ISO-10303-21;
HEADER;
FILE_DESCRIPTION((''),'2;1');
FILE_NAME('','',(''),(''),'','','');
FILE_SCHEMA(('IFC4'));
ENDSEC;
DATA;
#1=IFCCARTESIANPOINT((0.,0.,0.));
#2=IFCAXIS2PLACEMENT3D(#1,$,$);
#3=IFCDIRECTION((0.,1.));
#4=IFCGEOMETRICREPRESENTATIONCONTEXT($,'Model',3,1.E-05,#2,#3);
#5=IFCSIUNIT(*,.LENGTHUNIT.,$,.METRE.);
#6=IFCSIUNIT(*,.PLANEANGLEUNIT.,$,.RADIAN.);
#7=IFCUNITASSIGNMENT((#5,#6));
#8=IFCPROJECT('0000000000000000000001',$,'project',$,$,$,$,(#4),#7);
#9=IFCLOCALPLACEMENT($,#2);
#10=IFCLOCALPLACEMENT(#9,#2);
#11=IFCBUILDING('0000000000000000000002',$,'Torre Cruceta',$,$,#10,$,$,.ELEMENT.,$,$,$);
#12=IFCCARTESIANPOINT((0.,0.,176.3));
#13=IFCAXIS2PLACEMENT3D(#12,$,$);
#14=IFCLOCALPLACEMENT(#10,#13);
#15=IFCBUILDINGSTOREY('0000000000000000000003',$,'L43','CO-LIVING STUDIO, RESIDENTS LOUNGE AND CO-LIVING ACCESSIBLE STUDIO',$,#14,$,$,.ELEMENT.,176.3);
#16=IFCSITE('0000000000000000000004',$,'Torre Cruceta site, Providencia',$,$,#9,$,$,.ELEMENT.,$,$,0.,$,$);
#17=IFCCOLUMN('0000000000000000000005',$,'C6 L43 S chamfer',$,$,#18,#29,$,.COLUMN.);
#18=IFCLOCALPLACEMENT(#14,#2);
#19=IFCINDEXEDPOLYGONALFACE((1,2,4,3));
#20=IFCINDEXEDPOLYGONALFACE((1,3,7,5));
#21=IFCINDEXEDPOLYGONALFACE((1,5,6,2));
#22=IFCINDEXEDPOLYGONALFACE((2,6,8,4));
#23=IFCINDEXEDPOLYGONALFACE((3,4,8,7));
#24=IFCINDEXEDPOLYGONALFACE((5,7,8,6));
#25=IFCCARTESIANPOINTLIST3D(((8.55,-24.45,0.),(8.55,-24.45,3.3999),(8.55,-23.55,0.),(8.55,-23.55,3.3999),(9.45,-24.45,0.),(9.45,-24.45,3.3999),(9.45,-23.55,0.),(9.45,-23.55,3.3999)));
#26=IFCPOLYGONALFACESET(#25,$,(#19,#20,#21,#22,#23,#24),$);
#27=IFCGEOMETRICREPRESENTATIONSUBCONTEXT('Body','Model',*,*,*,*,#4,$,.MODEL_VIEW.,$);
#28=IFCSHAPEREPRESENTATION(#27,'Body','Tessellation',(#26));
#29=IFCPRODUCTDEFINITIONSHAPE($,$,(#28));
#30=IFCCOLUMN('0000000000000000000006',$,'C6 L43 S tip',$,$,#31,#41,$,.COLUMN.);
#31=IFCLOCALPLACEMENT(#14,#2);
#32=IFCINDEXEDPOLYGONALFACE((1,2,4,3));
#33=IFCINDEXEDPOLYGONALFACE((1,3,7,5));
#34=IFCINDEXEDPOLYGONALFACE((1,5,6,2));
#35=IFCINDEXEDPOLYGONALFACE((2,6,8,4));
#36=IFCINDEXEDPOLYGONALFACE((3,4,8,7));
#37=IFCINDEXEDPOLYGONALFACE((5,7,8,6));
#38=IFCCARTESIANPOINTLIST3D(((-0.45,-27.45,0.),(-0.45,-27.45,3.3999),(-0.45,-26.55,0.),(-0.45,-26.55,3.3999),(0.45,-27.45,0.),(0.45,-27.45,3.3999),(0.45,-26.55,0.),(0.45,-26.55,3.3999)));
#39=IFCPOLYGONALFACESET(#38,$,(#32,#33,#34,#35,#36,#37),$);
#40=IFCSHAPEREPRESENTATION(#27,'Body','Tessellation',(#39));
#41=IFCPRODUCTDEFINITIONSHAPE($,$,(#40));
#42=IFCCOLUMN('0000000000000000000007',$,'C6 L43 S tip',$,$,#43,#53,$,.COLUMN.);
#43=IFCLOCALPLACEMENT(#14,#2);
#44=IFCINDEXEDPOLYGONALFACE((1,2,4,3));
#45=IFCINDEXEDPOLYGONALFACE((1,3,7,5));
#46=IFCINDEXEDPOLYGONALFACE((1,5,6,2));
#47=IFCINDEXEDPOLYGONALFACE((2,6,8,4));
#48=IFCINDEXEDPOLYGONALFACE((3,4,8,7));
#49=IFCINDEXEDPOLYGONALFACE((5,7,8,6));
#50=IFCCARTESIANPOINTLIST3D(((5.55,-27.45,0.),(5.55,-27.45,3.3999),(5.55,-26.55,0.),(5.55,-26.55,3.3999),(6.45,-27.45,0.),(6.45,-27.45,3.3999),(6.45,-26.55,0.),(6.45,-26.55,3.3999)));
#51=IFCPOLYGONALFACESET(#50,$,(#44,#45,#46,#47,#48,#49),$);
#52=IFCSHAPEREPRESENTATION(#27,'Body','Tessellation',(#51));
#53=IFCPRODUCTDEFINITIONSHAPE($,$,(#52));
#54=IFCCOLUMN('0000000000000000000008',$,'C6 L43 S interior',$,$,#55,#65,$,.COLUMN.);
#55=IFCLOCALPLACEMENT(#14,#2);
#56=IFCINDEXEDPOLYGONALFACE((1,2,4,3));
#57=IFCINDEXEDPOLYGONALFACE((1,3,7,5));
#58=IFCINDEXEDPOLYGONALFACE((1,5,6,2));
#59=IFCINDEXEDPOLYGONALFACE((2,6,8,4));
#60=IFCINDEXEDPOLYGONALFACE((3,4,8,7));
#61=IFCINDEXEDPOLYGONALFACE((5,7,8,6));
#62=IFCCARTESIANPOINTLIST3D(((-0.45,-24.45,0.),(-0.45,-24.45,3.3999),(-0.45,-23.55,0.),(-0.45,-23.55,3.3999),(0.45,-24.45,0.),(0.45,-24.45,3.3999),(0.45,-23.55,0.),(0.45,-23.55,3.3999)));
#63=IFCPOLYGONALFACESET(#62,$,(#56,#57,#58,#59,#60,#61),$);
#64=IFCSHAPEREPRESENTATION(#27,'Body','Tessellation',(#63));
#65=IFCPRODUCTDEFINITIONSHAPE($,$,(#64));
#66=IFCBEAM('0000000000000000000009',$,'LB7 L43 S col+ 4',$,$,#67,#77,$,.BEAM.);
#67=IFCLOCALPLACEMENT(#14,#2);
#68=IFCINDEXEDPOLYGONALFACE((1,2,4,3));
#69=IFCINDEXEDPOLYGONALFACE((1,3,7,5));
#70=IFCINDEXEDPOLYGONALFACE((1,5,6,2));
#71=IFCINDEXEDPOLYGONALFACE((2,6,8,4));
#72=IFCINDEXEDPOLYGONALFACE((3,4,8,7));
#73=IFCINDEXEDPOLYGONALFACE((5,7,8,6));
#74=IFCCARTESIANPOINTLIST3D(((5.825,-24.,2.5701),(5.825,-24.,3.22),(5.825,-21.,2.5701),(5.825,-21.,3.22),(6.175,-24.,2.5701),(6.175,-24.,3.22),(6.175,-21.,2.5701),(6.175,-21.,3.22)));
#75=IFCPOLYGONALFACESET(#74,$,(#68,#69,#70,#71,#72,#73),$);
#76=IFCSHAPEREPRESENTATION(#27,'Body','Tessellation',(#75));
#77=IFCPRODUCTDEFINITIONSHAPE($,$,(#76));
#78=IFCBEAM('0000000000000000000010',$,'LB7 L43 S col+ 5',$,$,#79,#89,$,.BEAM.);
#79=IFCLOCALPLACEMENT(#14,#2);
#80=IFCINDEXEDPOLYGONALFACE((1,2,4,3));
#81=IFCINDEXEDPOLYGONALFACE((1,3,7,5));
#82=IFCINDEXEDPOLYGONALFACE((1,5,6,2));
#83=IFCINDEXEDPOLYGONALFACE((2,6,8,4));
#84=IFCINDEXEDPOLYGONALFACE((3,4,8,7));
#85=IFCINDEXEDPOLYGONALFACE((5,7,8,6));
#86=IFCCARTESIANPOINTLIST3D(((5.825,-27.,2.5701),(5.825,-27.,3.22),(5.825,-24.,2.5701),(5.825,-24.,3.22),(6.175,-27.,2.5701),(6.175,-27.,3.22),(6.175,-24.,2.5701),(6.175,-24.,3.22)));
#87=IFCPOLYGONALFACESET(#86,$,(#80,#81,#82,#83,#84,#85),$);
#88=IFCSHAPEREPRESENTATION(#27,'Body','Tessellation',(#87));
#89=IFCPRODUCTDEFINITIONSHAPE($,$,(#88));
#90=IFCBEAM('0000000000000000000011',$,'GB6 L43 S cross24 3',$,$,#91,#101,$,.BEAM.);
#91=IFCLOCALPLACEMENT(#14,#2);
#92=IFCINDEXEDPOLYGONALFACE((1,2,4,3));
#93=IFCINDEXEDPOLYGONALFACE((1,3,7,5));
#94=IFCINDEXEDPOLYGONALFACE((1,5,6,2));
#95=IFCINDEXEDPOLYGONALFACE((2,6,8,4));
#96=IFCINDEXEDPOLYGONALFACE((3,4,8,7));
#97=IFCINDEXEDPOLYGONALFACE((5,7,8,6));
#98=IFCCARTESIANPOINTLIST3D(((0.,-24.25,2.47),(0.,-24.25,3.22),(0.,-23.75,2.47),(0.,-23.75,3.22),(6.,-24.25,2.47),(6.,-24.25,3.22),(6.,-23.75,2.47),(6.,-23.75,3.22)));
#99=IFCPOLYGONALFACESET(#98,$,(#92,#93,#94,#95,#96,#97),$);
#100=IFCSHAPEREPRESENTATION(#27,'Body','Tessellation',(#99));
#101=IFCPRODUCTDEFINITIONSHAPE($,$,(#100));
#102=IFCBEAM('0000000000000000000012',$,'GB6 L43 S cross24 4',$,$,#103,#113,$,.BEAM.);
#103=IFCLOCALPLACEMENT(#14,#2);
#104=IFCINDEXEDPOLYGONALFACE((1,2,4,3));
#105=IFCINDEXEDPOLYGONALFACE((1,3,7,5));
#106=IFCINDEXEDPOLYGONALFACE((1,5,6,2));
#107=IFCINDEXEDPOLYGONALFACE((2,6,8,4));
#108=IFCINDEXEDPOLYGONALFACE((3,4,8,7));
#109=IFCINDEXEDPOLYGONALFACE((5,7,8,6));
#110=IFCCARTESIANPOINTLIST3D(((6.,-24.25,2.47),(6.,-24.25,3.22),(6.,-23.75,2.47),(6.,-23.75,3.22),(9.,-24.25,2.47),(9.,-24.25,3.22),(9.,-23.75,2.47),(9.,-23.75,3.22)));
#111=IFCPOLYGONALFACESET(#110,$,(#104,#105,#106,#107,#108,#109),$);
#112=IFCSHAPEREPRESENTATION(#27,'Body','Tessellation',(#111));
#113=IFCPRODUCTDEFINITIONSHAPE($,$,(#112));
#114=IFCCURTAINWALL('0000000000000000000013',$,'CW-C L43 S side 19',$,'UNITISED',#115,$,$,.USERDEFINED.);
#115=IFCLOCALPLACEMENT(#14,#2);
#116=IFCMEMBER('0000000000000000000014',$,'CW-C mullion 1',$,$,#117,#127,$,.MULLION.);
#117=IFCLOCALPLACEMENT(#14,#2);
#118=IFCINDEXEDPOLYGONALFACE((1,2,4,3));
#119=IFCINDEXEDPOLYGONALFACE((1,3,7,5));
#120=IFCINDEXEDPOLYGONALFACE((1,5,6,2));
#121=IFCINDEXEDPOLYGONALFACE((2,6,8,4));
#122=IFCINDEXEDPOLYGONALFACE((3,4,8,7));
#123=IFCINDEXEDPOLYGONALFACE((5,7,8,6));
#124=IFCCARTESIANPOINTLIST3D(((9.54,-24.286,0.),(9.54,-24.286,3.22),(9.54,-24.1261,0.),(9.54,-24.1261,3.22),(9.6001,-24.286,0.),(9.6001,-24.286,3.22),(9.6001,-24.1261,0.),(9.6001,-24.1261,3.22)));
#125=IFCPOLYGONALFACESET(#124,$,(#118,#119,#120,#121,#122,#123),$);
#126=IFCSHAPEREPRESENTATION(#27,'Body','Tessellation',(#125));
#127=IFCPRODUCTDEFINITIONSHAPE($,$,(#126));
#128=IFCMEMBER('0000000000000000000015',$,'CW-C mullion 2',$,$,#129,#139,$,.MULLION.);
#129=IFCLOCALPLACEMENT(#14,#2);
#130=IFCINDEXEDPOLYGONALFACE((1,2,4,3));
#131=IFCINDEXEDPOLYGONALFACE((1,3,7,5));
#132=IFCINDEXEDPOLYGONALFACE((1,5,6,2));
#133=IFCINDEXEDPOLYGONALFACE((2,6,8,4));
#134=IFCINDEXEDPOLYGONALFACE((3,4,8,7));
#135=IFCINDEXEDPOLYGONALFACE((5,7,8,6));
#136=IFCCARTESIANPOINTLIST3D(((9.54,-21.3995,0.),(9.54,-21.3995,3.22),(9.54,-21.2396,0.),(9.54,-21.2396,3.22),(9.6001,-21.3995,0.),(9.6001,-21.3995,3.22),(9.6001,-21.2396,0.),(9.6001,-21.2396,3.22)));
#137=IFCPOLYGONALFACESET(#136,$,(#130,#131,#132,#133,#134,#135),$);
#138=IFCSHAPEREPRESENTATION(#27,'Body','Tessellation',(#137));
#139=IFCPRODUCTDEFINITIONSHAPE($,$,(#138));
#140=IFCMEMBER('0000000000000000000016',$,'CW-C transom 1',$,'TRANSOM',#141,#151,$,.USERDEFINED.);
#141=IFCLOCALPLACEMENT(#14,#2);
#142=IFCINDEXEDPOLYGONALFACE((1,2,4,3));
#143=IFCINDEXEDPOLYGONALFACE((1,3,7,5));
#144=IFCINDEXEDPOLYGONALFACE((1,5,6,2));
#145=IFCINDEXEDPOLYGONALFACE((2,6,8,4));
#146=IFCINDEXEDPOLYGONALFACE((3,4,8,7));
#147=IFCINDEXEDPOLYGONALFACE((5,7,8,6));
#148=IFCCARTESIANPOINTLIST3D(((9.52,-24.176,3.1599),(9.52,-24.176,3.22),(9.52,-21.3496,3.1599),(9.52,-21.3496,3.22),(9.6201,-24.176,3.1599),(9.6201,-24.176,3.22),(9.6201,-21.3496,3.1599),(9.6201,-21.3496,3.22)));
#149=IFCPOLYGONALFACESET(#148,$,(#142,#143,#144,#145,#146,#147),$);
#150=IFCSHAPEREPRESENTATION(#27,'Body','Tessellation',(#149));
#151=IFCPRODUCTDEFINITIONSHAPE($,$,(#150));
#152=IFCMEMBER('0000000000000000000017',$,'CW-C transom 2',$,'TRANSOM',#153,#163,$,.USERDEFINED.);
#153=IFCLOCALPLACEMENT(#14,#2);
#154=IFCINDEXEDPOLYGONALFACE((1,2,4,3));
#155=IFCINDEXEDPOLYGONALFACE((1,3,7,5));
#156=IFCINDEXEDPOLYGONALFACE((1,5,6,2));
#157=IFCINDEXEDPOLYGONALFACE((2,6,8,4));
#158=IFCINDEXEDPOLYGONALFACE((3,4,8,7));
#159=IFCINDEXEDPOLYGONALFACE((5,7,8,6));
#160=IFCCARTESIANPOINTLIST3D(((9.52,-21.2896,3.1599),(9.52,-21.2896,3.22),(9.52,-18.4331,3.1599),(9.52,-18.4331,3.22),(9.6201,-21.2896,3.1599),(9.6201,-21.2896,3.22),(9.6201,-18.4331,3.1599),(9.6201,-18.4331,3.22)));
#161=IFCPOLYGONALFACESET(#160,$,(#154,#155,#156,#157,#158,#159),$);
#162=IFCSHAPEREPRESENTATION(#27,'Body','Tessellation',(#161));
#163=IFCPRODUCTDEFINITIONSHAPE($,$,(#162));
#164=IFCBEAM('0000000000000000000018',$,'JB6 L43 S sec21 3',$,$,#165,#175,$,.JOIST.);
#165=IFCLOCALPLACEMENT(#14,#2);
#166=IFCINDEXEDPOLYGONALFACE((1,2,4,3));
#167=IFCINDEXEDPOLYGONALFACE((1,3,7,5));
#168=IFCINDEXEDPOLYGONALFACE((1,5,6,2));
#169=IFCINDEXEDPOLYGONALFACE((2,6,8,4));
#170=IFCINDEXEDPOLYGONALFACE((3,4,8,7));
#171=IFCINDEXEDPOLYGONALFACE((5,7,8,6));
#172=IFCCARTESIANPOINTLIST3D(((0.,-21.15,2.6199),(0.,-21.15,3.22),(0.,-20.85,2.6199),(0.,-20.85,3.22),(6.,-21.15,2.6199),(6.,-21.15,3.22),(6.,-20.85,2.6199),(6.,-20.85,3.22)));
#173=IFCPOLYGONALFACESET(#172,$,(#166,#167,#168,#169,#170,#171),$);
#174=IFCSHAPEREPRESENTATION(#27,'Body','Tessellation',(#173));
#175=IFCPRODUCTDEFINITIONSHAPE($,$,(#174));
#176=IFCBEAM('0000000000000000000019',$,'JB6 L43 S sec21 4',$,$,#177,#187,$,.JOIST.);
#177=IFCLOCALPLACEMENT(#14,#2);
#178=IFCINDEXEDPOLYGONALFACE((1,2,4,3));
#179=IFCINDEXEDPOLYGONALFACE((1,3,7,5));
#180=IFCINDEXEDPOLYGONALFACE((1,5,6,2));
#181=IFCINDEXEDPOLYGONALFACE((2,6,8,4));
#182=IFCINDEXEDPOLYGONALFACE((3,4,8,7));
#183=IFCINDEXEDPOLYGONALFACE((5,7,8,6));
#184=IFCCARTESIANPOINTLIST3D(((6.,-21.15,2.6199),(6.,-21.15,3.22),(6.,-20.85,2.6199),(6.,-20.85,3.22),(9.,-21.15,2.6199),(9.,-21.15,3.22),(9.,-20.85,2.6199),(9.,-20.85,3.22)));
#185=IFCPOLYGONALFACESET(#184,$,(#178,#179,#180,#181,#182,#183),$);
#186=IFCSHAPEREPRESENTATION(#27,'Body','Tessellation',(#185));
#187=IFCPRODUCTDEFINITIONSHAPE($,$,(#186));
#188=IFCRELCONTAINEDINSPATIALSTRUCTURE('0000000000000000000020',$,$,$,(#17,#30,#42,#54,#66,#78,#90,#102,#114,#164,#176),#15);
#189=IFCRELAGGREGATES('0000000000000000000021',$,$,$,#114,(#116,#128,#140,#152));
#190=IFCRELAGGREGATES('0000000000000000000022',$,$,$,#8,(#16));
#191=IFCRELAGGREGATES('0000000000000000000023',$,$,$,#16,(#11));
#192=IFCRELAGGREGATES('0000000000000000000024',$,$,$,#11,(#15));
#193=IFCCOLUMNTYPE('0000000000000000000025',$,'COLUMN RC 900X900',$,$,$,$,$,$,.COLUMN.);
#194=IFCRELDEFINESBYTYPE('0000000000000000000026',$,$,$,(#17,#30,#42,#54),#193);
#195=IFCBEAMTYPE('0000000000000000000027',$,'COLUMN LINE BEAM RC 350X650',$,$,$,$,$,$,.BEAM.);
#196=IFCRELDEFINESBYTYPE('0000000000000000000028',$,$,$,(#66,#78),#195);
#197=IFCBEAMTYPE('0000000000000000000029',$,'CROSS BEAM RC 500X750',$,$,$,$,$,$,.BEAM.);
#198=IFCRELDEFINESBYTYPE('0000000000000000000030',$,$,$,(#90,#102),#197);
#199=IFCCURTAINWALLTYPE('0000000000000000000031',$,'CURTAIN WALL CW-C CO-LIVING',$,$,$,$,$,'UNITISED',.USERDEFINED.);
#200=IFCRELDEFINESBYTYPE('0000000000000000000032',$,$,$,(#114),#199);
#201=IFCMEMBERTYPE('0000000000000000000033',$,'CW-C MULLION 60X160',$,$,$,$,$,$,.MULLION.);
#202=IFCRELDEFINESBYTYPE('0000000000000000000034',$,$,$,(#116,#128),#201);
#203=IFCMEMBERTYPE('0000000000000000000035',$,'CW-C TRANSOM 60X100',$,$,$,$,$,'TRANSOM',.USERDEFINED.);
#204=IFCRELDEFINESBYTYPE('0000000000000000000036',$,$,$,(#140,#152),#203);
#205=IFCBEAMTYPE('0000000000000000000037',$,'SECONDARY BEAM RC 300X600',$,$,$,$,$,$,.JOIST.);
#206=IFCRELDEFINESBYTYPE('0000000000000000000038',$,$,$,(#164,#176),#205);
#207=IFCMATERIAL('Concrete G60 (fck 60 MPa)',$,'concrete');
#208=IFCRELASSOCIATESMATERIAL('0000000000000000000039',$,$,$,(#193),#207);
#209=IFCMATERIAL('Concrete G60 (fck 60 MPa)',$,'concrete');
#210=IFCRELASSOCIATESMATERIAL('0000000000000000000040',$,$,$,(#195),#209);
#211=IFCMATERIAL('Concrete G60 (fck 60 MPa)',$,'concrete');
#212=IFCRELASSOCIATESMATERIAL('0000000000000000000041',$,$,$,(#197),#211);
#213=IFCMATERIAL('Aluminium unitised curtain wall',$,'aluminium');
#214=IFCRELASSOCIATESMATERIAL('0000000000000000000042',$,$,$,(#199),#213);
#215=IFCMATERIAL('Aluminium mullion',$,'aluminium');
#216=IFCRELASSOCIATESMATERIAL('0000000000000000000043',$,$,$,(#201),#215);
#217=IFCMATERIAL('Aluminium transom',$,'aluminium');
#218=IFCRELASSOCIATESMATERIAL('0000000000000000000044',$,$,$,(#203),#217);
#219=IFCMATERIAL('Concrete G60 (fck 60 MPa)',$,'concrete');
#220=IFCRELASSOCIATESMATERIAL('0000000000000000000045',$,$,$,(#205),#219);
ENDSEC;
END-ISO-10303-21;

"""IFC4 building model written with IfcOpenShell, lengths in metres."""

from ifc_helpers import new_model, si_unit, direction, frame, origin, origin_2d, place, context, subcontext, project, spatial, rectangle, extrude, material, material_profile, profile_set, type_object, element, aggregate, save


model = new_model("IFC4")

# Units and contexts
model_context = context("Model", 3, precision=1e-05, world=origin(), true_north=direction((0.0, 1.0)))
body_context = subcontext(model_context, "Body", "Model", "MODEL_VIEW")
ifc_project = project(units=[si_unit("LENGTHUNIT", "METRE"), si_unit("PLANEANGLEUNIT", "RADIAN")], contexts=[model_context])

# Site, building, storey
site_placement = place(None, origin())
site = spatial("IfcSite", under=ifc_project, at=site_placement, Name="Torre Cruceta site, Providencia", CompositionType="ELEMENT", RefElevation=0.0)
building_placement = place(site_placement, origin())
building = spatial("IfcBuilding", under=site, at=building_placement, Name="Torre Cruceta", CompositionType="ELEMENT")
storey_placement = place(building_placement, frame((0.0, 0.0, 176.3)))
storey = spatial("IfcBuildingStorey", under=building, at=storey_placement, Name="L43", Description="CO-LIVING STUDIO, RESIDENTS LOUNGE AND CO-LIVING ACCESSIBLE STUDIO", CompositionType="ELEMENT", Elevation=176.3)

# Columns
ifc_material_1 = material(Name="Concrete G60 (fck 60 MPa)", Category="concrete")
ifc_material_profile_1 = material_profile(ifc_material_1, rectangle(XDim=0.8999, YDim=0.8999, at=origin_2d()), Name="RC 900X900")
ifc_profile_set_1 = profile_set([ifc_material_profile_1], Name="Concrete G60 (fck 60 MPa)")
column_type = type_object("IfcColumnType", Name="COLUMN RC 900X900", PredefinedType="COLUMN", material=ifc_profile_set_1)
for number, where, z_axis, x_axis, name in (
    (1, (9.0, -24.0, 0.0), (0.0, 0.0, 1.0), (1.0, 0.0, 0.0), "C6 L43 S chamfer"),
    (2, (0.0, -27.0, 0.0), (0.0, 0.0, 1.0), (1.0, 0.0, 0.0), "C6 L43 S tip"),
    (3, (6.0, -27.0, 0.0), (0.0, 0.0, 1.0), (1.0, 0.0, 0.0), "C6 L43 S tip"),
    (4, (0.0, -24.0, 0.0), (0.0, 0.0, 1.0), (1.0, 0.0, 0.0), "C6 L43 S interior"),
):
    element("IfcColumn", number, at=place(storey_placement, frame(where, z_axis=z_axis, x_axis=x_axis)), inside=storey, type_object=column_type, Name=name, PredefinedType="COLUMN", context=body_context, shape_type="SweptSolid", body=[
        extrude(rectangle(XDim=0.8999, YDim=0.8999, at=origin_2d()), origin(), (0.0, 0.0, 1.0), 3.3999),
    ])

# Beams
ifc_material_2 = material(Name="Concrete G60 (fck 60 MPa)", Category="concrete")
ifc_material_profile_2 = material_profile(ifc_material_2, rectangle(XDim=0.3501, YDim=0.6499, at=origin_2d()), Name="RC 350X650")
ifc_profile_set_2 = profile_set([ifc_material_profile_2], Name="Concrete G60 (fck 60 MPa)")
beam_type_1 = type_object("IfcBeamType", Name="COLUMN LINE BEAM RC 350X650", PredefinedType="BEAM", material=ifc_profile_set_2)
for number, where, z_axis, x_axis, name in (
    (5, (6.0, -21.0, 2.895), (0.0, -1.0, 0.0), (1.0, 0.0, 0.0), "LB7 L43 S col+ 4"),
    (6, (6.0, -24.0, 2.895), (0.0, -1.0, 0.0), (1.0, 0.0, 0.0), "LB7 L43 S col+ 5"),
):
    element("IfcBeam", number, at=place(storey_placement, frame(where, z_axis=z_axis, x_axis=x_axis)), inside=storey, type_object=beam_type_1, Name=name, PredefinedType="BEAM", context=body_context, shape_type="SweptSolid", body=[
        extrude(rectangle(XDim=0.3501, YDim=0.6499, at=origin_2d()), origin(), (0.0, 0.0, 1.0), 3.0),
    ])
ifc_material_3 = material(Name="Concrete G60 (fck 60 MPa)", Category="concrete")
ifc_material_profile_3 = material_profile(ifc_material_3, rectangle(XDim=0.5, YDim=0.75, at=origin_2d()), Name="RC 500X750")
ifc_profile_set_3 = profile_set([ifc_material_profile_3], Name="Concrete G60 (fck 60 MPa)")
beam_type_2 = type_object("IfcBeamType", Name="CROSS BEAM RC 500X750", PredefinedType="BEAM", material=ifc_profile_set_3)
beam_1_placement = place(storey_placement, frame((0.0, -24.0, 2.845), z_axis=(1.0, 0.0, 0.0), x_axis=(0.0, 1.0, 0.0)))
element("IfcBeam", 7, at=beam_1_placement, inside=storey, type_object=beam_type_2, Name="GB6 L43 S cross24 3", PredefinedType="BEAM", context=body_context, shape_type="SweptSolid", body=[
    extrude(rectangle(XDim=0.5, YDim=0.75, at=origin_2d()), origin(), (0.0, 0.0, 1.0), 6.0),
])
beam_2_placement = place(storey_placement, frame((6.0, -24.0, 2.845), z_axis=(1.0, 0.0, 0.0), x_axis=(0.0, 1.0, 0.0)))
element("IfcBeam", 8, at=beam_2_placement, inside=storey, type_object=beam_type_2, Name="GB6 L43 S cross24 4", PredefinedType="BEAM", context=body_context, shape_type="SweptSolid", body=[
    extrude(rectangle(XDim=0.5, YDim=0.75, at=origin_2d()), origin(), (0.0, 0.0, 1.0), 3.0),
])

# Curtain wall, members
ifc_material_4 = material(Name="Aluminium unitised curtain wall", Category="aluminium")
curtain_wall_type = type_object("IfcCurtainWallType", Name="CURTAIN WALL CW-C CO-LIVING", ElementType="UNITISED", PredefinedType="USERDEFINED", material=ifc_material_4)
curtain_wall_placement = place(storey_placement, origin())
curtain_wall = element("IfcCurtainWall", 9, at=curtain_wall_placement, inside=storey, type_object=curtain_wall_type, Name="CW-C L43 S side 19", ObjectType="UNITISED", PredefinedType="USERDEFINED")
ifc_material_5 = material(Name="Aluminium mullion", Category="aluminium")
ifc_material_profile_4 = material_profile(ifc_material_5, rectangle(XDim=0.0601, YDim=0.1599, at=origin_2d()), Name="AL 60X160")
ifc_profile_set_4 = profile_set([ifc_material_profile_4], Name="Aluminium mullion")
member_type_1 = type_object("IfcMemberType", Name="CW-C MULLION 60X160", PredefinedType="MULLION", material=ifc_profile_set_4)
member_1_placement = place(storey_placement, frame((9.5701, -24.2061, 0.0), z_axis=(0.0, 0.0, 1.0), x_axis=(-1.0, 0.0, 0.0)))
member_1 = element("IfcMember", 10, at=member_1_placement, type_object=member_type_1, Name="CW-C mullion 1", PredefinedType="MULLION", context=body_context, shape_type="SweptSolid", body=[
    extrude(rectangle(XDim=0.0601, YDim=0.1599, at=origin_2d()), origin(), (0.0, 0.0, 1.0), 3.22),
])
member_2_placement = place(storey_placement, frame((9.5701, -21.3196, 0.0), z_axis=(0.0, 0.0, 1.0), x_axis=(-1.0, 0.0, 0.0)))
member_2 = element("IfcMember", 11, at=member_2_placement, type_object=member_type_1, Name="CW-C mullion 2", PredefinedType="MULLION", context=body_context, shape_type="SweptSolid", body=[
    extrude(rectangle(XDim=0.0601, YDim=0.1599, at=origin_2d()), origin(), (0.0, 0.0, 1.0), 3.22),
])
ifc_material_6 = material(Name="Aluminium transom", Category="aluminium")
ifc_material_profile_5 = material_profile(ifc_material_6, rectangle(XDim=0.1001, YDim=0.0601, at=origin_2d()), Name="AL 100X60")
ifc_profile_set_5 = profile_set([ifc_material_profile_5], Name="Aluminium transom")
member_type_2 = type_object("IfcMemberType", Name="CW-C TRANSOM 60X100", ElementType="TRANSOM", PredefinedType="USERDEFINED", material=ifc_profile_set_5)
member_3_placement = place(storey_placement, frame((9.5701, -24.176, 3.1899), z_axis=(0.0, 1.0, 0.0), x_axis=(-1.0, 0.0, 0.0)))
member_3 = element("IfcMember", 12, at=member_3_placement, type_object=member_type_2, Name="CW-C transom 1", ObjectType="TRANSOM", PredefinedType="USERDEFINED", context=body_context, shape_type="SweptSolid", body=[
    extrude(rectangle(XDim=0.1001, YDim=0.0601, at=origin_2d()), origin(), (0.0, 0.0, 1.0), 2.8264),
])
member_4_placement = place(storey_placement, frame((9.5701, -21.2896, 3.1899), z_axis=(0.0, 1.0, 0.0), x_axis=(-1.0, 0.0, 0.0)))
member_4 = element("IfcMember", 13, at=member_4_placement, type_object=member_type_2, Name="CW-C transom 2", ObjectType="TRANSOM", PredefinedType="USERDEFINED", context=body_context, shape_type="SweptSolid", body=[
    extrude(rectangle(XDim=0.1001, YDim=0.0601, at=origin_2d()), origin(), (0.0, 0.0, 1.0), 2.8564),
])

# Beams
ifc_material_7 = material(Name="Concrete G60 (fck 60 MPa)", Category="concrete")
ifc_material_profile_6 = material_profile(ifc_material_7, rectangle(XDim=0.3, YDim=0.6001, at=origin_2d()), Name="RC 300X600")
ifc_profile_set_6 = profile_set([ifc_material_profile_6], Name="Concrete G60 (fck 60 MPa)")
beam_type_3 = type_object("IfcBeamType", Name="SECONDARY BEAM RC 300X600", PredefinedType="JOIST", material=ifc_profile_set_6)
beam_3_placement = place(storey_placement, frame((0.0, -21.0, 2.9199), z_axis=(1.0, 0.0, 0.0), x_axis=(0.0, 1.0, 0.0)))
element("IfcBeam", 14, at=beam_3_placement, inside=storey, type_object=beam_type_3, Name="JB6 L43 S sec21 3", PredefinedType="JOIST", context=body_context, shape_type="SweptSolid", body=[
    extrude(rectangle(XDim=0.3, YDim=0.6001, at=origin_2d()), origin(), (0.0, 0.0, 1.0), 6.0),
])
beam_4_placement = place(storey_placement, frame((6.0, -21.0, 2.9199), z_axis=(1.0, 0.0, 0.0), x_axis=(0.0, 1.0, 0.0)))
element("IfcBeam", 15, at=beam_4_placement, inside=storey, type_object=beam_type_3, Name="JB6 L43 S sec21 4", PredefinedType="JOIST", context=body_context, shape_type="SweptSolid", body=[
    extrude(rectangle(XDim=0.3, YDim=0.6001, at=origin_2d()), origin(), (0.0, 0.0, 1.0), 3.0),
])

aggregate(curtain_wall, [member_1, member_2, member_3, member_4])

save(model, "model.ifc")
